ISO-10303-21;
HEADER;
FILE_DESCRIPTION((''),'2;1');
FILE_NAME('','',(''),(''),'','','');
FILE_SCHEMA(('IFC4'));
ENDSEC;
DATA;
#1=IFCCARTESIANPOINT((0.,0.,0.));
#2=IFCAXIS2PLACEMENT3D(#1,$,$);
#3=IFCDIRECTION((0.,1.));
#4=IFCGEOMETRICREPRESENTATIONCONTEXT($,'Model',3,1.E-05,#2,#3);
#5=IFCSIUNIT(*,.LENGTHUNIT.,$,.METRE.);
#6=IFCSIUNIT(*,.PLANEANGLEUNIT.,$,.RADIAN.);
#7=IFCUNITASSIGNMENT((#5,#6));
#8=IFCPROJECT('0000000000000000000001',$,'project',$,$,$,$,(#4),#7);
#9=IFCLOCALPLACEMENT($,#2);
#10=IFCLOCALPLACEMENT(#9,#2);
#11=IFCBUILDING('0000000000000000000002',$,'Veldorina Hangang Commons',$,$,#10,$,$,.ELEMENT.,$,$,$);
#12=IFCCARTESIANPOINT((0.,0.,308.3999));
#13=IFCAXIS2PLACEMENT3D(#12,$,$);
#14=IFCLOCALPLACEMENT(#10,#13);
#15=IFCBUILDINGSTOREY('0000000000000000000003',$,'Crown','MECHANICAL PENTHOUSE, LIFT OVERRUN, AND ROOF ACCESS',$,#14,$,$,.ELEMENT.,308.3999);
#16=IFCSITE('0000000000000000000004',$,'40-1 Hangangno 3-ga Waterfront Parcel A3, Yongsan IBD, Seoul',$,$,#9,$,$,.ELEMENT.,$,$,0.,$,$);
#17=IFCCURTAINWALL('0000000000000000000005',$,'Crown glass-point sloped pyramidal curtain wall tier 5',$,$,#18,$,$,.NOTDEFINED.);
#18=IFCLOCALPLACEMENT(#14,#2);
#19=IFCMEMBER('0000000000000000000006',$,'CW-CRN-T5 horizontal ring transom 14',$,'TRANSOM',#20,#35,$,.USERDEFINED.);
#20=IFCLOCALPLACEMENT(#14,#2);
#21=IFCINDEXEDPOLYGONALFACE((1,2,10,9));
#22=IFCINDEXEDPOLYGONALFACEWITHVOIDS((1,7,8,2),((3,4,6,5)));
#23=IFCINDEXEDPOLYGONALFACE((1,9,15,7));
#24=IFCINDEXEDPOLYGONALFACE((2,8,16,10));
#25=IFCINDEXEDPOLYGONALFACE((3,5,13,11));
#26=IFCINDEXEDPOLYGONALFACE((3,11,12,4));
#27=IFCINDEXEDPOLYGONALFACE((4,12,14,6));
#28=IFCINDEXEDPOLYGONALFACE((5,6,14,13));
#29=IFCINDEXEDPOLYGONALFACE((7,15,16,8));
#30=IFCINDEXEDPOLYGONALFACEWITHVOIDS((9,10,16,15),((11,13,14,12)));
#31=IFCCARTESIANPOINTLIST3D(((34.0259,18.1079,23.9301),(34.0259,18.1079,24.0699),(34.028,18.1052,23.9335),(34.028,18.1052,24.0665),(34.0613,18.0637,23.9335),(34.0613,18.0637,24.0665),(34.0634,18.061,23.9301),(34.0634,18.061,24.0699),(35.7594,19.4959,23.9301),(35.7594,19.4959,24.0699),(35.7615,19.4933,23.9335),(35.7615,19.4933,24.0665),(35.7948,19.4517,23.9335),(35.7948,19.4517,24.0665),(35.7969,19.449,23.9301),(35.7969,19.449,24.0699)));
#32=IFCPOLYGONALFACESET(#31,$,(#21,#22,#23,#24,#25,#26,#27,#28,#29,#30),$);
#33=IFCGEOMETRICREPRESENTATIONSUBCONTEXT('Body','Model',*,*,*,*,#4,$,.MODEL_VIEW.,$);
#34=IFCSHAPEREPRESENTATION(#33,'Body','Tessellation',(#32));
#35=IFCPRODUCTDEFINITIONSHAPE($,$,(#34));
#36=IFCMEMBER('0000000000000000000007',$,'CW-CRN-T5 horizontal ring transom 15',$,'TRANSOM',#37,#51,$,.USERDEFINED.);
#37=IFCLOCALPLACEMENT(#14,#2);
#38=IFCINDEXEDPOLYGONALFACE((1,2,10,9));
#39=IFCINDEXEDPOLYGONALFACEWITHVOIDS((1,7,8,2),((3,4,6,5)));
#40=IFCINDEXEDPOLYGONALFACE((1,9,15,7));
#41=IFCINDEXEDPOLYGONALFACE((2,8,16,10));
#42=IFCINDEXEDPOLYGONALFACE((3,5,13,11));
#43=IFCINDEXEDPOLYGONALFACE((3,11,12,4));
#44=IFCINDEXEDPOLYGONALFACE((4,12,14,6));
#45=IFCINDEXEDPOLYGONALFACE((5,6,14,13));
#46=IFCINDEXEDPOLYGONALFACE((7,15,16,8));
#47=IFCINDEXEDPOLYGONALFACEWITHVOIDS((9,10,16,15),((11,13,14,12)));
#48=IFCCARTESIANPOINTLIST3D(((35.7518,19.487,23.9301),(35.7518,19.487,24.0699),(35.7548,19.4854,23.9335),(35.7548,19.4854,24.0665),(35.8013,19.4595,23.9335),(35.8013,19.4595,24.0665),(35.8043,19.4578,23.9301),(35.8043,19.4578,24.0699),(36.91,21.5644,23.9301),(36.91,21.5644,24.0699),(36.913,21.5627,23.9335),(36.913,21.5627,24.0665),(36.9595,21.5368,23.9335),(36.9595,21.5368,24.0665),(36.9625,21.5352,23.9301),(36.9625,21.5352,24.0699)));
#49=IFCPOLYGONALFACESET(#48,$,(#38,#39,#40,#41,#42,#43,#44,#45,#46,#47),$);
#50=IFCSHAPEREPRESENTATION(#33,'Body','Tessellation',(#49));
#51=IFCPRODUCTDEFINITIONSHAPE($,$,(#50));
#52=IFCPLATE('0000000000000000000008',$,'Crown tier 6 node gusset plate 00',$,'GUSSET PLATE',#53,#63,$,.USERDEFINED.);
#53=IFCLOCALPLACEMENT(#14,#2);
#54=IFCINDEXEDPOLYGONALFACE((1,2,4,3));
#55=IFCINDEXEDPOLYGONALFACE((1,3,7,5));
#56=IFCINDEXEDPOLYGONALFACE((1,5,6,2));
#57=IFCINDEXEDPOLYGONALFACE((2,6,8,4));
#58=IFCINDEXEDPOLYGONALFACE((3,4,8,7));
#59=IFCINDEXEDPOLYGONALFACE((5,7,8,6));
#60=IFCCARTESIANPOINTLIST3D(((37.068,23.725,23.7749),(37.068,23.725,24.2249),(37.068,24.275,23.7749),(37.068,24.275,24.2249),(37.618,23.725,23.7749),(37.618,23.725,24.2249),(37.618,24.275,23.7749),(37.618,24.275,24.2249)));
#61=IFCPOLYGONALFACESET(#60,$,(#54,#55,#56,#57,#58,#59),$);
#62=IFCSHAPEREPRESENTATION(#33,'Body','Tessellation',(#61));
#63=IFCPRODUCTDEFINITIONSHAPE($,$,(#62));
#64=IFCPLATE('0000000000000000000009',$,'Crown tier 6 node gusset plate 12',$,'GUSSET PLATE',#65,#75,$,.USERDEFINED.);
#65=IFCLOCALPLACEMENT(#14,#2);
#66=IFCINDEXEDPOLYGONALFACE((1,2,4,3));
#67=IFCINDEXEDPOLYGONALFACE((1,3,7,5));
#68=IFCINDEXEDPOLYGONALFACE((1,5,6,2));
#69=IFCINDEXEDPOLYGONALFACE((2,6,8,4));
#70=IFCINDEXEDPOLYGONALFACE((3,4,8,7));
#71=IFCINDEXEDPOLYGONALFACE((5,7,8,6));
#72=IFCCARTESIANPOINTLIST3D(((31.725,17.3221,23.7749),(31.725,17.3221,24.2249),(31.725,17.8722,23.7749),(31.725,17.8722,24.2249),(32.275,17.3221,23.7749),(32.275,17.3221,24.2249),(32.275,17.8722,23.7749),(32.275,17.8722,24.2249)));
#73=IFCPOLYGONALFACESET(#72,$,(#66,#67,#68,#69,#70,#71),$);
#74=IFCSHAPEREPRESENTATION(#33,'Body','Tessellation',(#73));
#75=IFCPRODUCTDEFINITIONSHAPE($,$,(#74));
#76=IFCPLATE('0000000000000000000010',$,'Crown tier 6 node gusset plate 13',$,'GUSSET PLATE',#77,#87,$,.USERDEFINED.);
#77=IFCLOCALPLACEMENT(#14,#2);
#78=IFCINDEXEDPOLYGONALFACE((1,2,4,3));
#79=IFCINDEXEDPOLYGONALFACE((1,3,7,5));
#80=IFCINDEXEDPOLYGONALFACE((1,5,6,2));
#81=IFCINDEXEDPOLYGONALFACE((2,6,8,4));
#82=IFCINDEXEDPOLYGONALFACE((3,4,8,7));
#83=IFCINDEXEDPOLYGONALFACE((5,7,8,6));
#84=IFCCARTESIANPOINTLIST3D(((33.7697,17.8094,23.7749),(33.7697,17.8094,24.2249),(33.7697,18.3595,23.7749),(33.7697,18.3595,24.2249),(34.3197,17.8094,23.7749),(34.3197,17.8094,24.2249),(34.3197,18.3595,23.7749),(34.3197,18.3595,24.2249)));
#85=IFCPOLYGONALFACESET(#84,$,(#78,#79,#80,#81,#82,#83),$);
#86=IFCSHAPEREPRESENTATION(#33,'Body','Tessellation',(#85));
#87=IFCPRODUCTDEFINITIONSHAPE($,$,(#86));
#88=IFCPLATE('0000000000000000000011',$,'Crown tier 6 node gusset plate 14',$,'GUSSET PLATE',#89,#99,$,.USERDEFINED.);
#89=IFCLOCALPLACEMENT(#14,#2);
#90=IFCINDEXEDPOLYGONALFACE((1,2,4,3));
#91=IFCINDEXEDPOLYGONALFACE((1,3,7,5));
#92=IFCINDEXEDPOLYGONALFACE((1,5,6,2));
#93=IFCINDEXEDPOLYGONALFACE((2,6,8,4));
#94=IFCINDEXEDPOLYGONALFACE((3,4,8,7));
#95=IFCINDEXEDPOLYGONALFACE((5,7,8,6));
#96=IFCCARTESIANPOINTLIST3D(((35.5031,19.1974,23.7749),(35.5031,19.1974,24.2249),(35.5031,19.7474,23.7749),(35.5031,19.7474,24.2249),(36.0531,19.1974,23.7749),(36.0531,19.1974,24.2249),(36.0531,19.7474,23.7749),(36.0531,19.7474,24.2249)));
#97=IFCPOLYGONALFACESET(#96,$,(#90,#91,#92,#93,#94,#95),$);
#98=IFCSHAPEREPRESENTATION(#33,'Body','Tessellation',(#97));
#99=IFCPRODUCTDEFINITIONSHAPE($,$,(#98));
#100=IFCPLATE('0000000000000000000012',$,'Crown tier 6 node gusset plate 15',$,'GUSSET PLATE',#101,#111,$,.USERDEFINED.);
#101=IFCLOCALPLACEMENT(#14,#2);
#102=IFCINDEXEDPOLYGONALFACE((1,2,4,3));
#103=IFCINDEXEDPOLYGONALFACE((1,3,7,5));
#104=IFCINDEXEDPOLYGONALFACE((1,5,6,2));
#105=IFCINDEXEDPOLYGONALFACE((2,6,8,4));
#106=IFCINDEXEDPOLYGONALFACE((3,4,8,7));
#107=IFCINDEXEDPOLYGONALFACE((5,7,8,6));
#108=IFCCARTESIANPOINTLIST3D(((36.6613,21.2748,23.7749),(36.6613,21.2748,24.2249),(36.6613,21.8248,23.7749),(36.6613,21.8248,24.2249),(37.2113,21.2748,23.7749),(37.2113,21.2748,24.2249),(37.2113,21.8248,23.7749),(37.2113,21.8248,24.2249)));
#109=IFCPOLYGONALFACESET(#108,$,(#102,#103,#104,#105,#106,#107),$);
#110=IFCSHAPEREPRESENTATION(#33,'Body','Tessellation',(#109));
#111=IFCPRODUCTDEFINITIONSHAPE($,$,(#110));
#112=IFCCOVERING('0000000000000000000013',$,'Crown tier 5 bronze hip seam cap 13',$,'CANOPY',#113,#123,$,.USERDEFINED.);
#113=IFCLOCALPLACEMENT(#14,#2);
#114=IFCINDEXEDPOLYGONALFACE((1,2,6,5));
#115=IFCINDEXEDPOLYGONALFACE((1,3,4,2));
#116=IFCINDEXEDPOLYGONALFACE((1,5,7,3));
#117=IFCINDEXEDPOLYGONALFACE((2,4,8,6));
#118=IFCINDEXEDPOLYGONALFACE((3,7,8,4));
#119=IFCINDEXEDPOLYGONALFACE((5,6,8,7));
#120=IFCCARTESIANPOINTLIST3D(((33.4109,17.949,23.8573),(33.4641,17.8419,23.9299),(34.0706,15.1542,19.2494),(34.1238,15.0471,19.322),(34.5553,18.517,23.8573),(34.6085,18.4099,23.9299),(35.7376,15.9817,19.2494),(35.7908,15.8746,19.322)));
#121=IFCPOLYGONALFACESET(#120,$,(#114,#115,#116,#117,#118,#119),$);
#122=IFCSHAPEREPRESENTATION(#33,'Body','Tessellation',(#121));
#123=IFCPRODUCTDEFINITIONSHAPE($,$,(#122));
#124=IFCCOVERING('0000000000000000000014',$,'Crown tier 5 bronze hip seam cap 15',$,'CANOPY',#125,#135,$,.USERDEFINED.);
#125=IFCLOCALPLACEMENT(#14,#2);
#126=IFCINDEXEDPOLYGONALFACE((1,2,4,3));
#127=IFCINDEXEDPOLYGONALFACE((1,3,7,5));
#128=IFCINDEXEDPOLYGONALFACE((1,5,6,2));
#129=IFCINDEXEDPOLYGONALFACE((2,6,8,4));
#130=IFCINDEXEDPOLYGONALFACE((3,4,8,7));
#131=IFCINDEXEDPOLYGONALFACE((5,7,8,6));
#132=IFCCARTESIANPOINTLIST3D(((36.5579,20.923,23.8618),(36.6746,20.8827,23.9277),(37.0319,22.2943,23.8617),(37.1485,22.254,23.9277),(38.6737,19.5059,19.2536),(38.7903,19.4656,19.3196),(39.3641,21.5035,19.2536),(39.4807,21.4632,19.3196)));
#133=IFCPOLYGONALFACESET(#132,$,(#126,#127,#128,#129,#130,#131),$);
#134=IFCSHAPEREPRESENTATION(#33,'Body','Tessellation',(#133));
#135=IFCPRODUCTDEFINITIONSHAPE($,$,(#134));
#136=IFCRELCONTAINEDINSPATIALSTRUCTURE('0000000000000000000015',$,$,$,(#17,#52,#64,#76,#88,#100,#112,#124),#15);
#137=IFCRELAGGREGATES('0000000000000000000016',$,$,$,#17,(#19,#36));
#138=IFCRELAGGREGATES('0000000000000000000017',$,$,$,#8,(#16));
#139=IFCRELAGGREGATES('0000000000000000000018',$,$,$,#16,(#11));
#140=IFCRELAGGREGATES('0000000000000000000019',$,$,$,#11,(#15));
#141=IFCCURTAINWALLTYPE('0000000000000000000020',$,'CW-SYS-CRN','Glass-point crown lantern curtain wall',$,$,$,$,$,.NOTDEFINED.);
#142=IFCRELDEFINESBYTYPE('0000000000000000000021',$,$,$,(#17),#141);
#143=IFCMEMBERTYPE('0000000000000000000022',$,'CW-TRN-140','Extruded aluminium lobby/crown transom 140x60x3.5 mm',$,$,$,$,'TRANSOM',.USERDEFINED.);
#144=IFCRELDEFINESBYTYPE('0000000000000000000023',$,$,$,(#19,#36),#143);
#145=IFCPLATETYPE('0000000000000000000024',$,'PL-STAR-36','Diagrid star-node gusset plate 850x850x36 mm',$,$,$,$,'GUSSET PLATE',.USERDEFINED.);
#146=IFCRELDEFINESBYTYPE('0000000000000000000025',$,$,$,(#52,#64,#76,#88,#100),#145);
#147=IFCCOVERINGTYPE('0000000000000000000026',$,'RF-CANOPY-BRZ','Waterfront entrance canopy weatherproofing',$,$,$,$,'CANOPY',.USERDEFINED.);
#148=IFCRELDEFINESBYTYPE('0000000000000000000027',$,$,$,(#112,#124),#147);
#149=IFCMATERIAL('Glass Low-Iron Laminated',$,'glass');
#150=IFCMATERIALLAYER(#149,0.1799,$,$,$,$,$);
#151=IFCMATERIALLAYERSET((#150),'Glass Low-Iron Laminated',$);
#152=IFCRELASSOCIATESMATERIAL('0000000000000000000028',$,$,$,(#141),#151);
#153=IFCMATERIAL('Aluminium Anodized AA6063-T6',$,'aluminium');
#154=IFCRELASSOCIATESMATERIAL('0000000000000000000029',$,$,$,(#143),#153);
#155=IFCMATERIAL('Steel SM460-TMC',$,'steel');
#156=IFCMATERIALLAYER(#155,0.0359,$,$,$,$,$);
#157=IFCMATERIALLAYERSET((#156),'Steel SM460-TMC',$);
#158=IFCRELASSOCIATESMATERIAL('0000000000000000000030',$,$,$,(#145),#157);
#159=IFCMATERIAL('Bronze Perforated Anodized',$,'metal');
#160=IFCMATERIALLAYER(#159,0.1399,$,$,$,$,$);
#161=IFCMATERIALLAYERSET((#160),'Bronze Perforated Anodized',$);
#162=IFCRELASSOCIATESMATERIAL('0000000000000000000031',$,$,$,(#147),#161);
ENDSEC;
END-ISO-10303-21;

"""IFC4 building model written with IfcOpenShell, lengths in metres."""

from ifc_helpers import new_model, si_unit, direction, frame, origin, origin_2d, place, context, subcontext, project, spatial, polyline, rectangle, hollow_rectangle, outline, extrude, material, layer, layer_set, material_profile, profile_set, type_object, element, aggregate, save


model = new_model("IFC4")

# Units and contexts
model_context = context("Model", 3, precision=1e-05, world=origin(), true_north=direction((0.0, 1.0)))
body_context = subcontext(model_context, "Body", "Model", "MODEL_VIEW")
ifc_project = project(units=[si_unit("LENGTHUNIT", "METRE"), si_unit("PLANEANGLEUNIT", "RADIAN")], contexts=[model_context])

# Site, building, storey
site_placement = place(None, origin())
site = spatial("IfcSite", under=ifc_project, at=site_placement, Name="40-1 Hangangno 3-ga Waterfront Parcel A3, Yongsan IBD, Seoul", CompositionType="ELEMENT", RefElevation=0.0)
building_placement = place(site_placement, origin())
building = spatial("IfcBuilding", under=site, at=building_placement, Name="Veldorina Hangang Commons", CompositionType="ELEMENT")
storey_placement = place(building_placement, frame((0.0, 0.0, 308.3999)))
storey = spatial("IfcBuildingStorey", under=building, at=storey_placement, Name="Crown", Description="MECHANICAL PENTHOUSE, LIFT OVERRUN, AND ROOF ACCESS", CompositionType="ELEMENT", Elevation=308.3999)

# Shared definitions
ifc_material_1 = material(Name="Steel SM460-TMC", Category="steel")

# Curtain wall, members
ifc_material_2 = material(Name="Glass Low-Iron Laminated", Category="glass")
ifc_layer_1 = layer(ifc_material_2, 0.1799)
ifc_layer_set_1 = layer_set([ifc_layer_1], Name="Glass Low-Iron Laminated")
curtain_wall_type = type_object("IfcCurtainWallType", Name="CW-SYS-CRN", Description="Glass-point crown lantern curtain wall", PredefinedType="NOTDEFINED", material=ifc_layer_set_1)
ifc_material_3 = material(Name="Aluminium Anodized AA6063-T6", Category="aluminium")
curtain_wall_1_placement = place(storey_placement, origin())
curtain_wall_1 = element("IfcCurtainWall", 1, at=curtain_wall_1_placement, inside=storey, type_object=curtain_wall_type, Name="Crown glass-point sloped pyramidal curtain wall tier 5", PredefinedType="NOTDEFINED")
ifc_material_profile_1 = material_profile(ifc_material_3, hollow_rectangle(XDim=0.0601, YDim=0.1399, WallThickness=0.0034, at=origin_2d()), Name="ALU-RHS-140x60x3.5")
ifc_profile_set_1 = profile_set([ifc_material_profile_1], Name="Aluminium Anodized AA6063-T6")
member_type_1 = type_object("IfcMemberType", Name="CW-TRN-140", Description="Extruded aluminium lobby/crown transom 140x60x3.5 mm", ElementType="TRANSOM", PredefinedType="USERDEFINED", material=ifc_profile_set_1)
member_1_placement = place(storey_placement, frame((34.0447, 18.0845, 24.0), z_axis=(0.780601, 0.62503, 0.0), x_axis=(-0.62503, 0.780601, 0.0)))
member_1 = element("IfcMember", 2, at=member_1_placement, type_object=member_type_1, Name="CW-CRN-T5 horizontal ring transom 14", ObjectType="TRANSOM", PredefinedType="USERDEFINED", context=body_context, shape_type="SweptSolid", body=[
    extrude(hollow_rectangle(XDim=0.0601, YDim=0.1399, WallThickness=0.0034, at=origin_2d()), origin(), (0.0, 0.0, 1.0), 2.2207),
])
member_2_placement = place(storey_placement, frame((35.7781, 19.4724, 24.0), z_axis=(0.486958, 0.873425, 0.0), x_axis=(-0.873425, 0.486958, 0.0)))
member_2 = element("IfcMember", 3, at=member_2_placement, type_object=member_type_1, Name="CW-CRN-T5 horizontal ring transom 15", ObjectType="TRANSOM", PredefinedType="USERDEFINED", context=body_context, shape_type="SweptSolid", body=[
    extrude(hollow_rectangle(XDim=0.0601, YDim=0.1399, WallThickness=0.0034, at=origin_2d()), origin(), (0.0, 0.0, 1.0), 2.3784),
])
aggregate(curtain_wall_1, [member_1, member_2])

# Plates
ifc_layer_2 = layer(ifc_material_1, 0.0359)
ifc_layer_set_2 = layer_set([ifc_layer_2], Name="Steel SM460-TMC")
plate_type = type_object("IfcPlateType", Name="PL-STAR-36", Description="Diagrid star-node gusset plate 850x850x36 mm", ElementType="GUSSET PLATE", PredefinedType="USERDEFINED", material=ifc_layer_set_2)
for number, where, z_axis, x_axis, name in (
    (4, (37.343, 24.0, 23.7749), (0.0, 0.0, 1.0), (1.0, 0.0, 0.0), "Crown tier 6 node gusset plate 00"),
    (5, (32.0, 17.5972, 23.7749), (0.0, 0.0, 1.0), (1.0, 0.0, 0.0), "Crown tier 6 node gusset plate 12"),
    (6, (34.0447, 18.0845, 23.7749), (0.0, 0.0, 1.0), (1.0, 0.0, 0.0), "Crown tier 6 node gusset plate 13"),
    (7, (35.7781, 19.4724, 23.7749), (0.0, 0.0, 1.0), (1.0, 0.0, 0.0), "Crown tier 6 node gusset plate 14"),
    (8, (36.9363, 21.5498, 23.7749), (0.0, 0.0, 1.0), (1.0, 0.0, 0.0), "Crown tier 6 node gusset plate 15"),
):
    element("IfcPlate", number, at=place(storey_placement, frame(where, z_axis=z_axis, x_axis=x_axis)), inside=storey, type_object=plate_type, Name=name, ObjectType="GUSSET PLATE", PredefinedType="USERDEFINED", context=body_context, shape_type="SweptSolid", body=[
        extrude(rectangle(XDim=0.55, YDim=0.55, at=origin_2d()), origin(), (0.0, 0.0, 1.0), 0.45),
    ])

# Coverings
ifc_material_4 = material(Name="Bronze Perforated Anodized", Category="metal")
ifc_layer_3 = layer(ifc_material_4, 0.1399)
ifc_layer_set_3 = layer_set([ifc_layer_3], Name="Bronze Perforated Anodized")
covering_type = type_object("IfcCoveringType", Name="RF-CANOPY-BRZ", Description="Waterfront entrance canopy weatherproofing", ElementType="CANOPY", PredefinedType="USERDEFINED", material=ifc_layer_set_3)
covering_1_placement = place(storey_placement, frame((34.1238, 15.0471, 19.322), z_axis=(0.380101, -0.765722, 0.518838), x_axis=(0.89572, 0.444618, -0.00002)))
element("IfcCovering", 9, at=covering_1_placement, inside=storey, type_object=covering_type, Name="Crown tier 5 bronze hip seam cap 13", ObjectType="CANOPY", PredefinedType="USERDEFINED", context=body_context, shape_type="SweptSolid", body=[
    extrude(outline(polyline([(0.0, 0.0), (1.8611, 0.0), (1.9292, 5.3901), (0.6516, 5.3901), (0.0, 0.0)])), origin(), (0.0, 0.0, -1.0), 0.1399),
])
covering_2_placement = place(storey_placement, frame((38.7903, 19.4656, 19.3196), z_axis=(0.833584, -0.288091, 0.471319), x_axis=(0.326653, 0.945144, -0.000012)))
element("IfcCovering", 10, at=covering_2_placement, inside=storey, type_object=covering_type, Name="Crown tier 5 bronze hip seam cap 15", ObjectType="CANOPY", PredefinedType="USERDEFINED", context=body_context, shape_type="SweptSolid", body=[
    extrude(outline(polyline([(0.0, 0.0), (2.1135, 0.0), (2.0991, 5.2249), (0.6482, 5.2249), (0.0, 0.0)])), origin(), (0.0, 0.0, -1.0), 0.1399),
])

save(model, "model.ifc")
